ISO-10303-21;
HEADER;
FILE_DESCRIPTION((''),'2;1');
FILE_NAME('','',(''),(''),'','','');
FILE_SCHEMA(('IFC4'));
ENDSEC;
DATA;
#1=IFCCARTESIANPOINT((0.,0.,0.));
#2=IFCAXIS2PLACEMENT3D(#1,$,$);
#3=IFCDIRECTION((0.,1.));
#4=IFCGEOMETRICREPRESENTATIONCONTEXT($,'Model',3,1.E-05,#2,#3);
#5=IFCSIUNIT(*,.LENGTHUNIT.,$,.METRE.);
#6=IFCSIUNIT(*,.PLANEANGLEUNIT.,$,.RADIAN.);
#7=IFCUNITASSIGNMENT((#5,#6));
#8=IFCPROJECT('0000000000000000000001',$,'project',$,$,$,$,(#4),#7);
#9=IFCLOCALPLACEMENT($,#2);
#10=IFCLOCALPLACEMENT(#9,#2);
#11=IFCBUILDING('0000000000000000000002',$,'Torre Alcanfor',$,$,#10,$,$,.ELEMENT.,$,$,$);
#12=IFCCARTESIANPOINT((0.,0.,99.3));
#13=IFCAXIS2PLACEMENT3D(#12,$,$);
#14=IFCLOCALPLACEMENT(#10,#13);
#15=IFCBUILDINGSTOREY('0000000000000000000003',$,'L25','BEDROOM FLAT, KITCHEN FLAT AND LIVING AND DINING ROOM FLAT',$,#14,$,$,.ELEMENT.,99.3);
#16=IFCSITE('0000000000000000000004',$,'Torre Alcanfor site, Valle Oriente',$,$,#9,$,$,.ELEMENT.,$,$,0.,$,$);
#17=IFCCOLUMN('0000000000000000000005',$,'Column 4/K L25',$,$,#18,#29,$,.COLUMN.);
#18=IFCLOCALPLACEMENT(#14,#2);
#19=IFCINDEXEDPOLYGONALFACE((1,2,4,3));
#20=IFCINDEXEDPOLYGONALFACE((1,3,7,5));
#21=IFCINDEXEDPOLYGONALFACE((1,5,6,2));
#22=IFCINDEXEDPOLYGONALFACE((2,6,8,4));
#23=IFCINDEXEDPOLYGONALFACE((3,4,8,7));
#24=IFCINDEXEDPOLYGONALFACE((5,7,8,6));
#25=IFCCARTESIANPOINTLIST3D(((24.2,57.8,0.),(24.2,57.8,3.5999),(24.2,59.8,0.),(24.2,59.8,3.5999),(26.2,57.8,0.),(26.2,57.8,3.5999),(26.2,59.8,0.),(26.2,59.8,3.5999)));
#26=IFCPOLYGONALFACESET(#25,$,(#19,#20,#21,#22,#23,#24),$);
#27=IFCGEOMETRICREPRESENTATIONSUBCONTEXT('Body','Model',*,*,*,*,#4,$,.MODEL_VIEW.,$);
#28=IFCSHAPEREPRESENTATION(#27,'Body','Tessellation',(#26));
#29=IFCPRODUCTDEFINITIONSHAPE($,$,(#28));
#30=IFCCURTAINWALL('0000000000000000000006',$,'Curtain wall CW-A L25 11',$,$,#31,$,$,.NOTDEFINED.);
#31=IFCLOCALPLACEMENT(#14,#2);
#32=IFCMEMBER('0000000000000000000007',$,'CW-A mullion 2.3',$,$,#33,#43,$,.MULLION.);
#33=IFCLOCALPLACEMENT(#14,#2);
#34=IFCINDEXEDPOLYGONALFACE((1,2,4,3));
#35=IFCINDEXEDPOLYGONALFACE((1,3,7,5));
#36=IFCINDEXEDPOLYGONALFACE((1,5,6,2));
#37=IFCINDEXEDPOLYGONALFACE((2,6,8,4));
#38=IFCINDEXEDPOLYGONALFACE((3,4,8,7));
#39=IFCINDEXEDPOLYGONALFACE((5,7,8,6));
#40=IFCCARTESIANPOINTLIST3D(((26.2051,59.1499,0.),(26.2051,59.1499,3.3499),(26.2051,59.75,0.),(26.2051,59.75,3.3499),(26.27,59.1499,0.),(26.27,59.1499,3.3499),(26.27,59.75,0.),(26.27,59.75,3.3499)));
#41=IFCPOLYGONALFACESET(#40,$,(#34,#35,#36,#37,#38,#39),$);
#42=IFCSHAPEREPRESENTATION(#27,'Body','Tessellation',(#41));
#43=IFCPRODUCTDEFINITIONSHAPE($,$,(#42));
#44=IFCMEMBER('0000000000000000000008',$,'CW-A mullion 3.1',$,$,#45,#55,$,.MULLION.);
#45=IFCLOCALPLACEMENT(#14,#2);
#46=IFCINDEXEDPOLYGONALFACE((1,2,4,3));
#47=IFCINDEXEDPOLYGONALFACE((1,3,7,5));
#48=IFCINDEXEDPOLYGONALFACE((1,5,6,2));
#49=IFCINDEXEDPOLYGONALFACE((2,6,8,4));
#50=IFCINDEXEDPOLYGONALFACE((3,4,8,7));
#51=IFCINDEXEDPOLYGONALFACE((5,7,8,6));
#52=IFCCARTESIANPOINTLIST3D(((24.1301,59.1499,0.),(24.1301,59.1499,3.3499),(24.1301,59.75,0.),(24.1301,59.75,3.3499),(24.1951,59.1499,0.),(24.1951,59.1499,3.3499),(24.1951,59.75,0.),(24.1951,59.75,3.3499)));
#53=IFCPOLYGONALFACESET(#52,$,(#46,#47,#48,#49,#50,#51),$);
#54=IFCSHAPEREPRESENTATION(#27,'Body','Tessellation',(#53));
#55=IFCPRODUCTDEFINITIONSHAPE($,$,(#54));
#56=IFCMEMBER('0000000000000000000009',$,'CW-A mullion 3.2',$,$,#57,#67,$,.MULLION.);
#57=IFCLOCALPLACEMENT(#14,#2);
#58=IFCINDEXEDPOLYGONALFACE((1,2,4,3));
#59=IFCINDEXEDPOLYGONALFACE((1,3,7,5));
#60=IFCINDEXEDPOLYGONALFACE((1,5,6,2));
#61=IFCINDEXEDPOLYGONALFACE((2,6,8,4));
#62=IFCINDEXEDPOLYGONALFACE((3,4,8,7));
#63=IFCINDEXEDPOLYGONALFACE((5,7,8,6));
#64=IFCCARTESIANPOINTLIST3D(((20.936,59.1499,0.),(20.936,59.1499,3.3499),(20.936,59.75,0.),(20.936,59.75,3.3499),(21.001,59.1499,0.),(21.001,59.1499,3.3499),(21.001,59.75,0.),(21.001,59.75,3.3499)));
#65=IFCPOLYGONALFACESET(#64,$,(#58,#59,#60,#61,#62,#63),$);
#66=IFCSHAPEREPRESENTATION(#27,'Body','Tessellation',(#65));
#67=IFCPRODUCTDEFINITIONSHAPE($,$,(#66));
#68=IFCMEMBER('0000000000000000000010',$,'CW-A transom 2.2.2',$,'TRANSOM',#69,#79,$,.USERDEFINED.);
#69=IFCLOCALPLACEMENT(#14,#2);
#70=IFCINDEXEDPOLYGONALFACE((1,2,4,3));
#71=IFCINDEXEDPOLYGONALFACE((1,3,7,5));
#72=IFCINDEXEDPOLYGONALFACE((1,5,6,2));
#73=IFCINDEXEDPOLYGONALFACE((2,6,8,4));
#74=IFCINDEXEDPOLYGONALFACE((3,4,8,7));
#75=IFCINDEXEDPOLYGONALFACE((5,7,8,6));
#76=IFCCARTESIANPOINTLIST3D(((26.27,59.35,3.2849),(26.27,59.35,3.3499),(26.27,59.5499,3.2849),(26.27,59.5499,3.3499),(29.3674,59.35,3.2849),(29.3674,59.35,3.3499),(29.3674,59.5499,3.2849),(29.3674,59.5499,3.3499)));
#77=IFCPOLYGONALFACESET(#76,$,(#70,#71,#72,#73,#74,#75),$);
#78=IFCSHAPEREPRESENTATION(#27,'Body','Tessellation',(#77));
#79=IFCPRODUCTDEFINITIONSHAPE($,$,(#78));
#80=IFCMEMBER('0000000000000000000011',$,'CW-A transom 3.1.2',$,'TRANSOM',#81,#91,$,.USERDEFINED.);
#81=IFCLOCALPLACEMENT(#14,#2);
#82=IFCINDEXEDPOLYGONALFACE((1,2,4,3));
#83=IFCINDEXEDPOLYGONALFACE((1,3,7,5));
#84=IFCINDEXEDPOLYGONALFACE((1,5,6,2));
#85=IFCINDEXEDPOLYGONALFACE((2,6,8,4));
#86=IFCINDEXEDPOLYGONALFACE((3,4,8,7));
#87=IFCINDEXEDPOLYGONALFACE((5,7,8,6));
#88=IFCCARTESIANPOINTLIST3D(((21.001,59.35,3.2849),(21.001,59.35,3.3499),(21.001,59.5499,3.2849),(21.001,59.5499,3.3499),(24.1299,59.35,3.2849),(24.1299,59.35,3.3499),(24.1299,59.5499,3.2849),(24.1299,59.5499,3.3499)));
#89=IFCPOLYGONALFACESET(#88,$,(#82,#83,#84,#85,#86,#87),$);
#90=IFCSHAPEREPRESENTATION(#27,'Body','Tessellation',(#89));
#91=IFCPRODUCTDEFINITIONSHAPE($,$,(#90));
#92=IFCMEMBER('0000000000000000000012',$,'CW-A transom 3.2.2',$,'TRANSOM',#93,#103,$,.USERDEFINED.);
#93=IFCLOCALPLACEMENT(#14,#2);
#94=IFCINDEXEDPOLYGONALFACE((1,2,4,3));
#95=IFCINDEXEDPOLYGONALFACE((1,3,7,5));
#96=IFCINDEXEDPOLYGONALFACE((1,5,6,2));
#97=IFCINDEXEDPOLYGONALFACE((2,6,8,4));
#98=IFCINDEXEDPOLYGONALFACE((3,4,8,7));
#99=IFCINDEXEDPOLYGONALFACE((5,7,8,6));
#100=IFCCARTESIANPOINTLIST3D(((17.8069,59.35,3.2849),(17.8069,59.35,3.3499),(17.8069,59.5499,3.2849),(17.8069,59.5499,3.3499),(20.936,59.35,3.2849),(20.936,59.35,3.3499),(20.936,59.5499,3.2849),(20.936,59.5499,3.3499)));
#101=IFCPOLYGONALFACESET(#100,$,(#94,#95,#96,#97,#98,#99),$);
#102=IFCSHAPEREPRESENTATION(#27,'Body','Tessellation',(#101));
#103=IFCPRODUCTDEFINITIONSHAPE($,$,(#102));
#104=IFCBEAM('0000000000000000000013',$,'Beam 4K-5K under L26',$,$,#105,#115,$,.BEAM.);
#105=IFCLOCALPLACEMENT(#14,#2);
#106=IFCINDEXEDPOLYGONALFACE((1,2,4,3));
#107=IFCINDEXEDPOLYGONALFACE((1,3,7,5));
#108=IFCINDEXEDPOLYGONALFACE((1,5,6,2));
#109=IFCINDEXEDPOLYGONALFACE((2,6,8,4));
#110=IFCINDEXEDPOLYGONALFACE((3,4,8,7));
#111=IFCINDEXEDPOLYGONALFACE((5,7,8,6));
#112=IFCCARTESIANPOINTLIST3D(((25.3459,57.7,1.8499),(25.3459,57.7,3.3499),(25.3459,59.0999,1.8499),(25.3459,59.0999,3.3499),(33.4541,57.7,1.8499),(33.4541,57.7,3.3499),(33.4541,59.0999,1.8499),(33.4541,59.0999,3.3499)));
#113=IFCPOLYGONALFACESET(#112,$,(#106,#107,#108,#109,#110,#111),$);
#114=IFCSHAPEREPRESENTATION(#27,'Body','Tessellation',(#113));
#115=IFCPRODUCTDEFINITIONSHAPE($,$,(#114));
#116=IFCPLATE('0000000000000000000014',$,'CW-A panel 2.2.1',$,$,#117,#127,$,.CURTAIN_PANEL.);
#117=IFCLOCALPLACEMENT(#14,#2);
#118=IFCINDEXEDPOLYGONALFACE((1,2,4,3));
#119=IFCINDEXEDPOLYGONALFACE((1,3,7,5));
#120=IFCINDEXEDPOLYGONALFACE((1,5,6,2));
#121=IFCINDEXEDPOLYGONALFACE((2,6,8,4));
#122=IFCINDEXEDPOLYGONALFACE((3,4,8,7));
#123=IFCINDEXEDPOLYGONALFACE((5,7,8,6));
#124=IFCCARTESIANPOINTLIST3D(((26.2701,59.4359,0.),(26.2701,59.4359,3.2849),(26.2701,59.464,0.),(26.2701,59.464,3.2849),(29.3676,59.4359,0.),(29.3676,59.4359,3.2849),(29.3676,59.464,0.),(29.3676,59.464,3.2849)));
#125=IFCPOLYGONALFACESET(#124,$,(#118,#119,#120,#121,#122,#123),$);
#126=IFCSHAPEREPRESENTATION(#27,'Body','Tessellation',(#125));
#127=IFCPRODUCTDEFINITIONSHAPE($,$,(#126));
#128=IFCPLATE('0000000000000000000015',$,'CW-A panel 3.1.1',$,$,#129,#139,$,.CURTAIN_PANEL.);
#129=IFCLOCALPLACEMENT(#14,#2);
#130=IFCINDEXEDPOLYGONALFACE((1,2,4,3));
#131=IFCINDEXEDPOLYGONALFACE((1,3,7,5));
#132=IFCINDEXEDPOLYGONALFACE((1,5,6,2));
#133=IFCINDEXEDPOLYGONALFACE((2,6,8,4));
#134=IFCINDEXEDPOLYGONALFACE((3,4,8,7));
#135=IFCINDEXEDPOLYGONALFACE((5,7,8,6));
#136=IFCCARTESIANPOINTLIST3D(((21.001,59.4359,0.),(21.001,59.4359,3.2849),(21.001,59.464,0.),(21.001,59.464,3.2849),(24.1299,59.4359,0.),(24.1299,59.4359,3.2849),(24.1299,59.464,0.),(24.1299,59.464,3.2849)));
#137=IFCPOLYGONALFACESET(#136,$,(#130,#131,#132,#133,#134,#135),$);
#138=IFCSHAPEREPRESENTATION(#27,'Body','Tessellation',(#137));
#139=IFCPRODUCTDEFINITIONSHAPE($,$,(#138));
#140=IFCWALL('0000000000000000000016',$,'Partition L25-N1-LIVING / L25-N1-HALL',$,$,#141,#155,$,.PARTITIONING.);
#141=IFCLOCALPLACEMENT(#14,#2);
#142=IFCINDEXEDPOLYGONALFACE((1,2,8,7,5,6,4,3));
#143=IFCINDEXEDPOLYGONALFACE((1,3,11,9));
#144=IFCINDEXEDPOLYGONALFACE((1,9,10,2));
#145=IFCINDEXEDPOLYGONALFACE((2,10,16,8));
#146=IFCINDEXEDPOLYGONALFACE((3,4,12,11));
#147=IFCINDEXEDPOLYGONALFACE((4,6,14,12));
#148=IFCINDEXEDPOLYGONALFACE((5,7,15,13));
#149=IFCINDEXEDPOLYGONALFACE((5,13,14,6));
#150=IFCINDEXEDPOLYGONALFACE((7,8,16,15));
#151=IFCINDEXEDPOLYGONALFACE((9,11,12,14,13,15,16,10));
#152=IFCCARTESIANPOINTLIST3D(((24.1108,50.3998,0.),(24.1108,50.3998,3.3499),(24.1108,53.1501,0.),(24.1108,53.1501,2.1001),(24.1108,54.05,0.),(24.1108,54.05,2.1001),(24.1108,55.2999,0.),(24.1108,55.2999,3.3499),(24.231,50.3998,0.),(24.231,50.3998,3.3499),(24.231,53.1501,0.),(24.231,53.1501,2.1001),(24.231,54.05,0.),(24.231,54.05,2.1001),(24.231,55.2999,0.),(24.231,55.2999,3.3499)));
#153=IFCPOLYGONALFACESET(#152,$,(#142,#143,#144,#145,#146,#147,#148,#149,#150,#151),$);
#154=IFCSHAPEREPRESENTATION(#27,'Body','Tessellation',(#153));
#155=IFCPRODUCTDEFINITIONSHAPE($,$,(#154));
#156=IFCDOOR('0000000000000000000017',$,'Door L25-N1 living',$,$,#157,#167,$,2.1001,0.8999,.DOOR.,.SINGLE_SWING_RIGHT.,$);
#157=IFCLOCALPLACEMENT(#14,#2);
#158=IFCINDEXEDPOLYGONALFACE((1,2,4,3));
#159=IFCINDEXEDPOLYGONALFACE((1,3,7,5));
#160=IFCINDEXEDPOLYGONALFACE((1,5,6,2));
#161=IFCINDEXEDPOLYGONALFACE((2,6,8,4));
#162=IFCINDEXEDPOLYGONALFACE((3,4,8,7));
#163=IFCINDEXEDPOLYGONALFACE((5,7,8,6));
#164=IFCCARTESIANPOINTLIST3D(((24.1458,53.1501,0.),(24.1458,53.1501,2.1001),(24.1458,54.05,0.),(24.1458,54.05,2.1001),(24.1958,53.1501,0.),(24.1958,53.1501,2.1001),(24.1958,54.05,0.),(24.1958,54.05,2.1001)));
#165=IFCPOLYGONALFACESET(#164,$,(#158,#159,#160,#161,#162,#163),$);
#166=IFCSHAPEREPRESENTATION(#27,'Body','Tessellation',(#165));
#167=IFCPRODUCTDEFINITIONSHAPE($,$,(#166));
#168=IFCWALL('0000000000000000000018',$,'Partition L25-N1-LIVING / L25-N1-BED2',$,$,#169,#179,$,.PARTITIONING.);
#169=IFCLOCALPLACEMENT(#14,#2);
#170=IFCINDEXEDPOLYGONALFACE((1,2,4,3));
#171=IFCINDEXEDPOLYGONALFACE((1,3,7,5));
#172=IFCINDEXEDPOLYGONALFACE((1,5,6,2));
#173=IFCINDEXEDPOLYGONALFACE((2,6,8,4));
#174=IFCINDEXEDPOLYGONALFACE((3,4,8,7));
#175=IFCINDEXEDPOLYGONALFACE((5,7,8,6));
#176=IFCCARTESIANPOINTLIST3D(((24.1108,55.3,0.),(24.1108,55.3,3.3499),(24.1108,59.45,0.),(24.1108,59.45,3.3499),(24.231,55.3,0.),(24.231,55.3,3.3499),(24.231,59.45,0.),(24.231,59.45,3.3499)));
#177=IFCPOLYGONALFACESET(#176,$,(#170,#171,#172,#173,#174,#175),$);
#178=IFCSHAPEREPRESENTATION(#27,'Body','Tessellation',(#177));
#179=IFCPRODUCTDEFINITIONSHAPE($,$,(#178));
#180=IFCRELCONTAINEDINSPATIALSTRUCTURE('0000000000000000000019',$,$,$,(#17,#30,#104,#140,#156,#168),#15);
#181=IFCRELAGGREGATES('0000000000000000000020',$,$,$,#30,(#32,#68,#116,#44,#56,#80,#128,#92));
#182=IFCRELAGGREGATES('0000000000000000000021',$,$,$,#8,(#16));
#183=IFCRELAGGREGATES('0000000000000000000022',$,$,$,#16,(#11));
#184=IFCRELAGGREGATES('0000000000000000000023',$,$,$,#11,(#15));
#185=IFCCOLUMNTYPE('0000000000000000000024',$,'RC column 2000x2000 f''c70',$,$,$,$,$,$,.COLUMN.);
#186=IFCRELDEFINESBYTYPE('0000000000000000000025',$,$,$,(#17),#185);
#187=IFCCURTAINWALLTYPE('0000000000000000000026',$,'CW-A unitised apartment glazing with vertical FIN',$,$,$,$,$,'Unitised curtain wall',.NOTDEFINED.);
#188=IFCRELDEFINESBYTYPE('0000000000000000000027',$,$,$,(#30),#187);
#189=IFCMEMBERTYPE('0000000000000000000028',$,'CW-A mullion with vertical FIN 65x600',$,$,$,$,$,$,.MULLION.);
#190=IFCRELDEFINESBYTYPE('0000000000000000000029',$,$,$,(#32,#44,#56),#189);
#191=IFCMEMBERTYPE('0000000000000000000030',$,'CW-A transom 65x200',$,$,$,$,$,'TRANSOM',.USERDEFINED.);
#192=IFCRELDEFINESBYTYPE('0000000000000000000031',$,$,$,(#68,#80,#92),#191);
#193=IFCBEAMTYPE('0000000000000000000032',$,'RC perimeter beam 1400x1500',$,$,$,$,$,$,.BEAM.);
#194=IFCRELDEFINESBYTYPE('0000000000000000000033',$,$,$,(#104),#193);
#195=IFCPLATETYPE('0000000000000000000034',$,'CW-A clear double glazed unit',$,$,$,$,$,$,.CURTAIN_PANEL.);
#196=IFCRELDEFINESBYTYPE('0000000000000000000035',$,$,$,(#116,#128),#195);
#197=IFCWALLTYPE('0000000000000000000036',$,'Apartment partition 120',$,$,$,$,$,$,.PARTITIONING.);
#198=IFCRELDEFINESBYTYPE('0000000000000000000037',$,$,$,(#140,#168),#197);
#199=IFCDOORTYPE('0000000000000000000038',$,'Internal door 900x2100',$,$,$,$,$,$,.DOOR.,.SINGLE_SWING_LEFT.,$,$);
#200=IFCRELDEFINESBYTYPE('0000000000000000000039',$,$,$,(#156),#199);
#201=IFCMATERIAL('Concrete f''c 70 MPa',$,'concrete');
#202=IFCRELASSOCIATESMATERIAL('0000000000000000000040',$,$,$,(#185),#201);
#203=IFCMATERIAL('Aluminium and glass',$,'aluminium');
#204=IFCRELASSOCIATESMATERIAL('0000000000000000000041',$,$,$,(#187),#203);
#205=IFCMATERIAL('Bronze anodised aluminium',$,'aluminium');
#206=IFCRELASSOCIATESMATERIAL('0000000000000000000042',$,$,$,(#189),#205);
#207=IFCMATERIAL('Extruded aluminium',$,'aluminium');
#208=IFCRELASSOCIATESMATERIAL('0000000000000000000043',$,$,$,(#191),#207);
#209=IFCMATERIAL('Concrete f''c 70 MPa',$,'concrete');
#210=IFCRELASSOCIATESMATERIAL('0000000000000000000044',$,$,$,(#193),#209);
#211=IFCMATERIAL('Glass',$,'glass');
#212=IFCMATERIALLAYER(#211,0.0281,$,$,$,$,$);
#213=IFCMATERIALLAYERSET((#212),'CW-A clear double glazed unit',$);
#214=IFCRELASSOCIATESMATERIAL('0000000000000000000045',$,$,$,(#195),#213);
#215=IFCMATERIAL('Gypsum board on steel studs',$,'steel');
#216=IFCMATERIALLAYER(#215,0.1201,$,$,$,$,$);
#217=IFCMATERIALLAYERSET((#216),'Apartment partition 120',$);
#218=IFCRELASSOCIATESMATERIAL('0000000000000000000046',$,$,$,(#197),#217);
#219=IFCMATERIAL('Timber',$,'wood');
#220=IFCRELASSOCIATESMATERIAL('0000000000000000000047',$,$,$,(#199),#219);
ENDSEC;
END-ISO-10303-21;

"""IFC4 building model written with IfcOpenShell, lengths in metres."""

from ifc_helpers import new_model, si_unit, direction, frame, frame_2d, origin, origin_2d, place, context, subcontext, project, spatial, rectangle, extrude, material, layer, layer_set, material_profile, profile_set, type_object, element, fill, aggregate, save


model = new_model("IFC4")

# Units and contexts
model_context = context("Model", 3, precision=1e-05, world=origin(), true_north=direction((0.0, 1.0)))
body_context = subcontext(model_context, "Body", "Model", "MODEL_VIEW")
ifc_project = project(units=[si_unit("LENGTHUNIT", "METRE"), si_unit("PLANEANGLEUNIT", "RADIAN")], contexts=[model_context])

# Site, building, storey
site_placement = place(None, origin())
site = spatial("IfcSite", under=ifc_project, at=site_placement, Name="Torre Alcanfor site, Valle Oriente", CompositionType="ELEMENT", RefElevation=0.0)
building_placement = place(site_placement, origin())
building = spatial("IfcBuilding", under=site, at=building_placement, Name="Torre Alcanfor", CompositionType="ELEMENT")
storey_placement = place(building_placement, frame((0.0, 0.0, 99.3)))
storey = spatial("IfcBuildingStorey", under=building, at=storey_placement, Name="L25", Description="BEDROOM FLAT, KITCHEN FLAT AND LIVING AND DINING ROOM FLAT", CompositionType="ELEMENT", Elevation=99.3)

# Column
ifc_material_1 = material(Name="Concrete f'c 70 MPa", Category="concrete")
ifc_material_profile_1 = material_profile(ifc_material_1, rectangle(XDim=2.0, YDim=2.0, at=origin_2d()), Name="2000x2000")
ifc_profile_set_1 = profile_set([ifc_material_profile_1], Name="Concrete f'c 70 MPa")
column_type = type_object("IfcColumnType", Name="RC column 2000x2000 f'c70", PredefinedType="COLUMN", material=ifc_profile_set_1)
column_placement = place(storey_placement, frame((25.2, 58.8, 0.0), z_axis=(0.0, 0.0, 1.0), x_axis=(1.0, 0.0, 0.0)))
element("IfcColumn", 1, at=column_placement, inside=storey, type_object=column_type, Name="Column 4/K L25", PredefinedType="COLUMN", context=body_context, shape_type="SweptSolid", body=[
    extrude(rectangle(XDim=2.0, YDim=2.0, at=origin_2d()), origin(), (0.0, 0.0, 1.0), 3.5999),
])

# Curtain wall, members
ifc_material_2 = material(Name="Aluminium and glass", Category="aluminium")
curtain_wall_type = type_object("IfcCurtainWallType", Name="CW-A unitised apartment glazing with vertical FIN", ElementType="Unitised curtain wall", PredefinedType="NOTDEFINED", material=ifc_material_2)
curtain_wall_placement = place(storey_placement, origin())
curtain_wall = element("IfcCurtainWall", 2, at=curtain_wall_placement, inside=storey, type_object=curtain_wall_type, Name="Curtain wall CW-A L25 11", PredefinedType="NOTDEFINED")
ifc_material_3 = material(Name="Bronze anodised aluminium", Category="aluminium")
ifc_material_profile_2 = material_profile(ifc_material_3, rectangle(XDim=0.6001, YDim=0.0649, at=origin_2d()), Name="CW-A mullion 65x600")
ifc_profile_set_2 = profile_set([ifc_material_profile_2], Name="Bronze anodised aluminium")
member_type_1 = type_object("IfcMemberType", Name="CW-A mullion with vertical FIN 65x600", PredefinedType="MULLION", material=ifc_profile_set_2)
member_1_placement = place(storey_placement, frame((26.2375, 59.45, 0.0), z_axis=(0.0, 0.0, 1.0), x_axis=(0.0, -1.0, 0.0)))
member_1 = element("IfcMember", 3, at=member_1_placement, type_object=member_type_1, Name="CW-A mullion 2.3", PredefinedType="MULLION", context=body_context, shape_type="SweptSolid", body=[
    extrude(rectangle(XDim=0.6001, YDim=0.0649, at=origin_2d()), origin(), (0.0, 0.0, 1.0), 3.3499),
])
member_2_placement = place(storey_placement, frame((24.1626, 59.45, 0.0), z_axis=(0.0, 0.0, 1.0), x_axis=(0.0, -1.0, 0.0)))
member_2 = element("IfcMember", 4, at=member_2_placement, type_object=member_type_1, Name="CW-A mullion 3.1", PredefinedType="MULLION", context=body_context, shape_type="SweptSolid", body=[
    extrude(rectangle(XDim=0.6001, YDim=0.0649, at=origin_2d()), origin(), (0.0, 0.0, 1.0), 3.3499),
])
member_3_placement = place(storey_placement, frame((20.9685, 59.45, 0.0), z_axis=(0.0, 0.0, 1.0), x_axis=(0.0, -1.0, 0.0)))
member_3 = element("IfcMember", 5, at=member_3_placement, type_object=member_type_1, Name="CW-A mullion 3.2", PredefinedType="MULLION", context=body_context, shape_type="SweptSolid", body=[
    extrude(rectangle(XDim=0.6001, YDim=0.0649, at=origin_2d()), origin(), (0.0, 0.0, 1.0), 3.3499),
])
ifc_material_4 = material(Name="Extruded aluminium", Category="aluminium")
ifc_material_profile_3 = material_profile(ifc_material_4, rectangle(XDim=0.2, YDim=0.0649, at=origin_2d()), Name="CW-A transom 200x65")
ifc_profile_set_3 = profile_set([ifc_material_profile_3], Name="Extruded aluminium")
member_type_2 = type_object("IfcMemberType", Name="CW-A transom 65x200", ElementType="TRANSOM", PredefinedType="USERDEFINED", material=ifc_profile_set_3)
member_4_placement = place(storey_placement, frame((29.3674, 59.45, 3.3174), z_axis=(-1.0, 0.0, 0.0), x_axis=(0.0, -1.0, 0.0)))
member_4 = element("IfcMember", 6, at=member_4_placement, type_object=member_type_2, Name="CW-A transom 2.2.2", ObjectType="TRANSOM", PredefinedType="USERDEFINED", context=body_context, shape_type="SweptSolid", body=[
    extrude(rectangle(XDim=0.2, YDim=0.0649, at=origin_2d()), origin(), (0.0, 0.0, 1.0), 3.0974),
])
member_5_placement = place(storey_placement, frame((24.1299, 59.45, 3.3174), z_axis=(-1.0, 0.0, 0.0), x_axis=(0.0, -1.0, 0.0)))
member_5 = element("IfcMember", 7, at=member_5_placement, type_object=member_type_2, Name="CW-A transom 3.1.2", ObjectType="TRANSOM", PredefinedType="USERDEFINED", context=body_context, shape_type="SweptSolid", body=[
    extrude(rectangle(XDim=0.2, YDim=0.0649, at=origin_2d()), origin(), (0.0, 0.0, 1.0), 3.1289),
])
member_6_placement = place(storey_placement, frame((20.936, 59.45, 3.3174), z_axis=(-1.0, 0.0, 0.0), x_axis=(0.0, -1.0, 0.0)))
member_6 = element("IfcMember", 8, at=member_6_placement, type_object=member_type_2, Name="CW-A transom 3.2.2", ObjectType="TRANSOM", PredefinedType="USERDEFINED", context=body_context, shape_type="SweptSolid", body=[
    extrude(rectangle(XDim=0.2, YDim=0.0649, at=origin_2d()), origin(), (0.0, 0.0, 1.0), 3.1292),
])

# Beam
ifc_material_5 = material(Name="Concrete f'c 70 MPa", Category="concrete")
ifc_material_profile_4 = material_profile(ifc_material_5, rectangle(XDim=1.3999, YDim=1.5, at=origin_2d()), Name="1400x1500")
ifc_profile_set_4 = profile_set([ifc_material_profile_4], Name="Concrete f'c 70 MPa")
beam_type = type_object("IfcBeamType", Name="RC perimeter beam 1400x1500", PredefinedType="BEAM", material=ifc_profile_set_4)
beam_placement = place(storey_placement, frame((25.3459, 58.3999, 2.5999), z_axis=(1.0, 0.0, 0.0), x_axis=(0.0, 1.0, 0.0)))
element("IfcBeam", 9, at=beam_placement, inside=storey, type_object=beam_type, Name="Beam 4K-5K under L26", PredefinedType="BEAM", context=body_context, shape_type="SweptSolid", body=[
    extrude(rectangle(XDim=1.3999, YDim=1.5, at=origin_2d()), origin(), (0.0, 0.0, 1.0), 8.1082),
])

# Plates
ifc_material_6 = material(Name="Glass", Category="glass")
ifc_layer_1 = layer(ifc_material_6, 0.0281)
ifc_layer_set_1 = layer_set([ifc_layer_1], Name="CW-A clear double glazed unit")
plate_type = type_object("IfcPlateType", Name="CW-A clear double glazed unit", PredefinedType="CURTAIN_PANEL", material=ifc_layer_set_1)
plate_1_placement = place(storey_placement, frame((27.8188, 59.45, 0.0), z_axis=(0.0, 0.0, 1.0), x_axis=(-1.0, 0.0, 0.0)))
plate_1 = element("IfcPlate", 10, at=plate_1_placement, type_object=plate_type, Name="CW-A panel 2.2.1", PredefinedType="CURTAIN_PANEL", context=body_context, shape_type="SweptSolid", body=[
    extrude(rectangle(XDim=3.0974, YDim=0.0281, at=origin_2d()), origin(), (0.0, 0.0, 1.0), 3.2849),
])
plate_2_placement = place(storey_placement, frame((22.5654, 59.45, 0.0), z_axis=(0.0, 0.0, 1.0), x_axis=(-1.0, 0.0, 0.0)))
plate_2 = element("IfcPlate", 11, at=plate_2_placement, type_object=plate_type, Name="CW-A panel 3.1.1", PredefinedType="CURTAIN_PANEL", context=body_context, shape_type="SweptSolid", body=[
    extrude(rectangle(XDim=3.1289, YDim=0.0281, at=origin_2d()), origin(), (0.0, 0.0, 1.0), 3.2849),
])
aggregate(curtain_wall, [member_1, member_4, plate_1, member_2, member_3, member_5, plate_2, member_6])

# Wall, opening, door
ifc_material_7 = material(Name="Gypsum board on steel studs", Category="steel")
ifc_layer_2 = layer(ifc_material_7, 0.1201)
ifc_layer_set_2 = layer_set([ifc_layer_2], Name="Apartment partition 120")
wall_type = type_object("IfcWallType", Name="Apartment partition 120", PredefinedType="PARTITIONING", material=ifc_layer_set_2)
wall_1_placement = place(storey_placement, frame((24.1709, 55.3, 0.0), z_axis=(0.0, 0.0, 1.0), x_axis=(0.0, -1.0, 0.0)))
wall_1 = element("IfcWall", 12, at=wall_1_placement, inside=storey, type_object=wall_type, Name="Partition L25-N1-LIVING / L25-N1-HALL", PredefinedType="PARTITIONING", context=body_context, shape_type="SweptSolid", body=[
    extrude(rectangle(XDim=4.9001, YDim=0.1201, at=frame_2d((2.4502, 0.0))), origin(), (0.0, 0.0, 1.0), 3.3499),
])
opening_1_placement = place(wall_1_placement, frame((1.25, 0.0, 0.0)))
opening_1 = element("IfcOpeningElement", 13, at=opening_1_placement, cuts=wall_1, PredefinedType="OPENING", context=body_context, shape_type="SweptSolid", body=[
    extrude(rectangle(XDim=0.8999, YDim=2.1001, at=frame_2d((0.45, 1.05))), frame((0.0, 0.0701, 0.0), z_axis=(0.0, -1.0, 0.0), x_axis=(1.0, 0.0, 0.0)), (0.0, 0.0, 1.0), 0.1401),
])
ifc_material_8 = material(Name="Timber", Category="wood")
door_type = type_object("IfcDoorType", Name="Internal door 900x2100", OperationType="SINGLE_SWING_LEFT", PredefinedType="DOOR", material=ifc_material_8)
door_1_placement = place(opening_1_placement, origin())
door_1 = element("IfcDoor", 14, at=door_1_placement, inside=storey, type_object=door_type, Name="Door L25-N1 living", OperationType="SINGLE_SWING_RIGHT", OverallHeight=2.1001, OverallWidth=0.8999, PredefinedType="DOOR", context=body_context, shape_type="SweptSolid", body=[
    extrude(rectangle(XDim=0.8999, YDim=2.1001, at=frame_2d((0.45, 1.05))), frame((0.0, 0.0249, 0.0), z_axis=(0.0, -1.0, 0.0), x_axis=(1.0, 0.0, 0.0)), (0.0, 0.0, 1.0), 0.05),
])
fill(opening_1, door_1)

# Wall
wall_2_placement = place(storey_placement, frame((24.1709, 59.45, 0.0), z_axis=(0.0, 0.0, 1.0), x_axis=(0.0, -1.0, 0.0)))
element("IfcWall", 15, at=wall_2_placement, inside=storey, type_object=wall_type, Name="Partition L25-N1-LIVING / L25-N1-BED2", PredefinedType="PARTITIONING", context=body_context, shape_type="SweptSolid", body=[
    extrude(rectangle(XDim=4.1499, YDim=0.1201, at=frame_2d((2.075, 0.0))), origin(), (0.0, 0.0, 1.0), 3.3499),
])

save(model, "model.ifc")
